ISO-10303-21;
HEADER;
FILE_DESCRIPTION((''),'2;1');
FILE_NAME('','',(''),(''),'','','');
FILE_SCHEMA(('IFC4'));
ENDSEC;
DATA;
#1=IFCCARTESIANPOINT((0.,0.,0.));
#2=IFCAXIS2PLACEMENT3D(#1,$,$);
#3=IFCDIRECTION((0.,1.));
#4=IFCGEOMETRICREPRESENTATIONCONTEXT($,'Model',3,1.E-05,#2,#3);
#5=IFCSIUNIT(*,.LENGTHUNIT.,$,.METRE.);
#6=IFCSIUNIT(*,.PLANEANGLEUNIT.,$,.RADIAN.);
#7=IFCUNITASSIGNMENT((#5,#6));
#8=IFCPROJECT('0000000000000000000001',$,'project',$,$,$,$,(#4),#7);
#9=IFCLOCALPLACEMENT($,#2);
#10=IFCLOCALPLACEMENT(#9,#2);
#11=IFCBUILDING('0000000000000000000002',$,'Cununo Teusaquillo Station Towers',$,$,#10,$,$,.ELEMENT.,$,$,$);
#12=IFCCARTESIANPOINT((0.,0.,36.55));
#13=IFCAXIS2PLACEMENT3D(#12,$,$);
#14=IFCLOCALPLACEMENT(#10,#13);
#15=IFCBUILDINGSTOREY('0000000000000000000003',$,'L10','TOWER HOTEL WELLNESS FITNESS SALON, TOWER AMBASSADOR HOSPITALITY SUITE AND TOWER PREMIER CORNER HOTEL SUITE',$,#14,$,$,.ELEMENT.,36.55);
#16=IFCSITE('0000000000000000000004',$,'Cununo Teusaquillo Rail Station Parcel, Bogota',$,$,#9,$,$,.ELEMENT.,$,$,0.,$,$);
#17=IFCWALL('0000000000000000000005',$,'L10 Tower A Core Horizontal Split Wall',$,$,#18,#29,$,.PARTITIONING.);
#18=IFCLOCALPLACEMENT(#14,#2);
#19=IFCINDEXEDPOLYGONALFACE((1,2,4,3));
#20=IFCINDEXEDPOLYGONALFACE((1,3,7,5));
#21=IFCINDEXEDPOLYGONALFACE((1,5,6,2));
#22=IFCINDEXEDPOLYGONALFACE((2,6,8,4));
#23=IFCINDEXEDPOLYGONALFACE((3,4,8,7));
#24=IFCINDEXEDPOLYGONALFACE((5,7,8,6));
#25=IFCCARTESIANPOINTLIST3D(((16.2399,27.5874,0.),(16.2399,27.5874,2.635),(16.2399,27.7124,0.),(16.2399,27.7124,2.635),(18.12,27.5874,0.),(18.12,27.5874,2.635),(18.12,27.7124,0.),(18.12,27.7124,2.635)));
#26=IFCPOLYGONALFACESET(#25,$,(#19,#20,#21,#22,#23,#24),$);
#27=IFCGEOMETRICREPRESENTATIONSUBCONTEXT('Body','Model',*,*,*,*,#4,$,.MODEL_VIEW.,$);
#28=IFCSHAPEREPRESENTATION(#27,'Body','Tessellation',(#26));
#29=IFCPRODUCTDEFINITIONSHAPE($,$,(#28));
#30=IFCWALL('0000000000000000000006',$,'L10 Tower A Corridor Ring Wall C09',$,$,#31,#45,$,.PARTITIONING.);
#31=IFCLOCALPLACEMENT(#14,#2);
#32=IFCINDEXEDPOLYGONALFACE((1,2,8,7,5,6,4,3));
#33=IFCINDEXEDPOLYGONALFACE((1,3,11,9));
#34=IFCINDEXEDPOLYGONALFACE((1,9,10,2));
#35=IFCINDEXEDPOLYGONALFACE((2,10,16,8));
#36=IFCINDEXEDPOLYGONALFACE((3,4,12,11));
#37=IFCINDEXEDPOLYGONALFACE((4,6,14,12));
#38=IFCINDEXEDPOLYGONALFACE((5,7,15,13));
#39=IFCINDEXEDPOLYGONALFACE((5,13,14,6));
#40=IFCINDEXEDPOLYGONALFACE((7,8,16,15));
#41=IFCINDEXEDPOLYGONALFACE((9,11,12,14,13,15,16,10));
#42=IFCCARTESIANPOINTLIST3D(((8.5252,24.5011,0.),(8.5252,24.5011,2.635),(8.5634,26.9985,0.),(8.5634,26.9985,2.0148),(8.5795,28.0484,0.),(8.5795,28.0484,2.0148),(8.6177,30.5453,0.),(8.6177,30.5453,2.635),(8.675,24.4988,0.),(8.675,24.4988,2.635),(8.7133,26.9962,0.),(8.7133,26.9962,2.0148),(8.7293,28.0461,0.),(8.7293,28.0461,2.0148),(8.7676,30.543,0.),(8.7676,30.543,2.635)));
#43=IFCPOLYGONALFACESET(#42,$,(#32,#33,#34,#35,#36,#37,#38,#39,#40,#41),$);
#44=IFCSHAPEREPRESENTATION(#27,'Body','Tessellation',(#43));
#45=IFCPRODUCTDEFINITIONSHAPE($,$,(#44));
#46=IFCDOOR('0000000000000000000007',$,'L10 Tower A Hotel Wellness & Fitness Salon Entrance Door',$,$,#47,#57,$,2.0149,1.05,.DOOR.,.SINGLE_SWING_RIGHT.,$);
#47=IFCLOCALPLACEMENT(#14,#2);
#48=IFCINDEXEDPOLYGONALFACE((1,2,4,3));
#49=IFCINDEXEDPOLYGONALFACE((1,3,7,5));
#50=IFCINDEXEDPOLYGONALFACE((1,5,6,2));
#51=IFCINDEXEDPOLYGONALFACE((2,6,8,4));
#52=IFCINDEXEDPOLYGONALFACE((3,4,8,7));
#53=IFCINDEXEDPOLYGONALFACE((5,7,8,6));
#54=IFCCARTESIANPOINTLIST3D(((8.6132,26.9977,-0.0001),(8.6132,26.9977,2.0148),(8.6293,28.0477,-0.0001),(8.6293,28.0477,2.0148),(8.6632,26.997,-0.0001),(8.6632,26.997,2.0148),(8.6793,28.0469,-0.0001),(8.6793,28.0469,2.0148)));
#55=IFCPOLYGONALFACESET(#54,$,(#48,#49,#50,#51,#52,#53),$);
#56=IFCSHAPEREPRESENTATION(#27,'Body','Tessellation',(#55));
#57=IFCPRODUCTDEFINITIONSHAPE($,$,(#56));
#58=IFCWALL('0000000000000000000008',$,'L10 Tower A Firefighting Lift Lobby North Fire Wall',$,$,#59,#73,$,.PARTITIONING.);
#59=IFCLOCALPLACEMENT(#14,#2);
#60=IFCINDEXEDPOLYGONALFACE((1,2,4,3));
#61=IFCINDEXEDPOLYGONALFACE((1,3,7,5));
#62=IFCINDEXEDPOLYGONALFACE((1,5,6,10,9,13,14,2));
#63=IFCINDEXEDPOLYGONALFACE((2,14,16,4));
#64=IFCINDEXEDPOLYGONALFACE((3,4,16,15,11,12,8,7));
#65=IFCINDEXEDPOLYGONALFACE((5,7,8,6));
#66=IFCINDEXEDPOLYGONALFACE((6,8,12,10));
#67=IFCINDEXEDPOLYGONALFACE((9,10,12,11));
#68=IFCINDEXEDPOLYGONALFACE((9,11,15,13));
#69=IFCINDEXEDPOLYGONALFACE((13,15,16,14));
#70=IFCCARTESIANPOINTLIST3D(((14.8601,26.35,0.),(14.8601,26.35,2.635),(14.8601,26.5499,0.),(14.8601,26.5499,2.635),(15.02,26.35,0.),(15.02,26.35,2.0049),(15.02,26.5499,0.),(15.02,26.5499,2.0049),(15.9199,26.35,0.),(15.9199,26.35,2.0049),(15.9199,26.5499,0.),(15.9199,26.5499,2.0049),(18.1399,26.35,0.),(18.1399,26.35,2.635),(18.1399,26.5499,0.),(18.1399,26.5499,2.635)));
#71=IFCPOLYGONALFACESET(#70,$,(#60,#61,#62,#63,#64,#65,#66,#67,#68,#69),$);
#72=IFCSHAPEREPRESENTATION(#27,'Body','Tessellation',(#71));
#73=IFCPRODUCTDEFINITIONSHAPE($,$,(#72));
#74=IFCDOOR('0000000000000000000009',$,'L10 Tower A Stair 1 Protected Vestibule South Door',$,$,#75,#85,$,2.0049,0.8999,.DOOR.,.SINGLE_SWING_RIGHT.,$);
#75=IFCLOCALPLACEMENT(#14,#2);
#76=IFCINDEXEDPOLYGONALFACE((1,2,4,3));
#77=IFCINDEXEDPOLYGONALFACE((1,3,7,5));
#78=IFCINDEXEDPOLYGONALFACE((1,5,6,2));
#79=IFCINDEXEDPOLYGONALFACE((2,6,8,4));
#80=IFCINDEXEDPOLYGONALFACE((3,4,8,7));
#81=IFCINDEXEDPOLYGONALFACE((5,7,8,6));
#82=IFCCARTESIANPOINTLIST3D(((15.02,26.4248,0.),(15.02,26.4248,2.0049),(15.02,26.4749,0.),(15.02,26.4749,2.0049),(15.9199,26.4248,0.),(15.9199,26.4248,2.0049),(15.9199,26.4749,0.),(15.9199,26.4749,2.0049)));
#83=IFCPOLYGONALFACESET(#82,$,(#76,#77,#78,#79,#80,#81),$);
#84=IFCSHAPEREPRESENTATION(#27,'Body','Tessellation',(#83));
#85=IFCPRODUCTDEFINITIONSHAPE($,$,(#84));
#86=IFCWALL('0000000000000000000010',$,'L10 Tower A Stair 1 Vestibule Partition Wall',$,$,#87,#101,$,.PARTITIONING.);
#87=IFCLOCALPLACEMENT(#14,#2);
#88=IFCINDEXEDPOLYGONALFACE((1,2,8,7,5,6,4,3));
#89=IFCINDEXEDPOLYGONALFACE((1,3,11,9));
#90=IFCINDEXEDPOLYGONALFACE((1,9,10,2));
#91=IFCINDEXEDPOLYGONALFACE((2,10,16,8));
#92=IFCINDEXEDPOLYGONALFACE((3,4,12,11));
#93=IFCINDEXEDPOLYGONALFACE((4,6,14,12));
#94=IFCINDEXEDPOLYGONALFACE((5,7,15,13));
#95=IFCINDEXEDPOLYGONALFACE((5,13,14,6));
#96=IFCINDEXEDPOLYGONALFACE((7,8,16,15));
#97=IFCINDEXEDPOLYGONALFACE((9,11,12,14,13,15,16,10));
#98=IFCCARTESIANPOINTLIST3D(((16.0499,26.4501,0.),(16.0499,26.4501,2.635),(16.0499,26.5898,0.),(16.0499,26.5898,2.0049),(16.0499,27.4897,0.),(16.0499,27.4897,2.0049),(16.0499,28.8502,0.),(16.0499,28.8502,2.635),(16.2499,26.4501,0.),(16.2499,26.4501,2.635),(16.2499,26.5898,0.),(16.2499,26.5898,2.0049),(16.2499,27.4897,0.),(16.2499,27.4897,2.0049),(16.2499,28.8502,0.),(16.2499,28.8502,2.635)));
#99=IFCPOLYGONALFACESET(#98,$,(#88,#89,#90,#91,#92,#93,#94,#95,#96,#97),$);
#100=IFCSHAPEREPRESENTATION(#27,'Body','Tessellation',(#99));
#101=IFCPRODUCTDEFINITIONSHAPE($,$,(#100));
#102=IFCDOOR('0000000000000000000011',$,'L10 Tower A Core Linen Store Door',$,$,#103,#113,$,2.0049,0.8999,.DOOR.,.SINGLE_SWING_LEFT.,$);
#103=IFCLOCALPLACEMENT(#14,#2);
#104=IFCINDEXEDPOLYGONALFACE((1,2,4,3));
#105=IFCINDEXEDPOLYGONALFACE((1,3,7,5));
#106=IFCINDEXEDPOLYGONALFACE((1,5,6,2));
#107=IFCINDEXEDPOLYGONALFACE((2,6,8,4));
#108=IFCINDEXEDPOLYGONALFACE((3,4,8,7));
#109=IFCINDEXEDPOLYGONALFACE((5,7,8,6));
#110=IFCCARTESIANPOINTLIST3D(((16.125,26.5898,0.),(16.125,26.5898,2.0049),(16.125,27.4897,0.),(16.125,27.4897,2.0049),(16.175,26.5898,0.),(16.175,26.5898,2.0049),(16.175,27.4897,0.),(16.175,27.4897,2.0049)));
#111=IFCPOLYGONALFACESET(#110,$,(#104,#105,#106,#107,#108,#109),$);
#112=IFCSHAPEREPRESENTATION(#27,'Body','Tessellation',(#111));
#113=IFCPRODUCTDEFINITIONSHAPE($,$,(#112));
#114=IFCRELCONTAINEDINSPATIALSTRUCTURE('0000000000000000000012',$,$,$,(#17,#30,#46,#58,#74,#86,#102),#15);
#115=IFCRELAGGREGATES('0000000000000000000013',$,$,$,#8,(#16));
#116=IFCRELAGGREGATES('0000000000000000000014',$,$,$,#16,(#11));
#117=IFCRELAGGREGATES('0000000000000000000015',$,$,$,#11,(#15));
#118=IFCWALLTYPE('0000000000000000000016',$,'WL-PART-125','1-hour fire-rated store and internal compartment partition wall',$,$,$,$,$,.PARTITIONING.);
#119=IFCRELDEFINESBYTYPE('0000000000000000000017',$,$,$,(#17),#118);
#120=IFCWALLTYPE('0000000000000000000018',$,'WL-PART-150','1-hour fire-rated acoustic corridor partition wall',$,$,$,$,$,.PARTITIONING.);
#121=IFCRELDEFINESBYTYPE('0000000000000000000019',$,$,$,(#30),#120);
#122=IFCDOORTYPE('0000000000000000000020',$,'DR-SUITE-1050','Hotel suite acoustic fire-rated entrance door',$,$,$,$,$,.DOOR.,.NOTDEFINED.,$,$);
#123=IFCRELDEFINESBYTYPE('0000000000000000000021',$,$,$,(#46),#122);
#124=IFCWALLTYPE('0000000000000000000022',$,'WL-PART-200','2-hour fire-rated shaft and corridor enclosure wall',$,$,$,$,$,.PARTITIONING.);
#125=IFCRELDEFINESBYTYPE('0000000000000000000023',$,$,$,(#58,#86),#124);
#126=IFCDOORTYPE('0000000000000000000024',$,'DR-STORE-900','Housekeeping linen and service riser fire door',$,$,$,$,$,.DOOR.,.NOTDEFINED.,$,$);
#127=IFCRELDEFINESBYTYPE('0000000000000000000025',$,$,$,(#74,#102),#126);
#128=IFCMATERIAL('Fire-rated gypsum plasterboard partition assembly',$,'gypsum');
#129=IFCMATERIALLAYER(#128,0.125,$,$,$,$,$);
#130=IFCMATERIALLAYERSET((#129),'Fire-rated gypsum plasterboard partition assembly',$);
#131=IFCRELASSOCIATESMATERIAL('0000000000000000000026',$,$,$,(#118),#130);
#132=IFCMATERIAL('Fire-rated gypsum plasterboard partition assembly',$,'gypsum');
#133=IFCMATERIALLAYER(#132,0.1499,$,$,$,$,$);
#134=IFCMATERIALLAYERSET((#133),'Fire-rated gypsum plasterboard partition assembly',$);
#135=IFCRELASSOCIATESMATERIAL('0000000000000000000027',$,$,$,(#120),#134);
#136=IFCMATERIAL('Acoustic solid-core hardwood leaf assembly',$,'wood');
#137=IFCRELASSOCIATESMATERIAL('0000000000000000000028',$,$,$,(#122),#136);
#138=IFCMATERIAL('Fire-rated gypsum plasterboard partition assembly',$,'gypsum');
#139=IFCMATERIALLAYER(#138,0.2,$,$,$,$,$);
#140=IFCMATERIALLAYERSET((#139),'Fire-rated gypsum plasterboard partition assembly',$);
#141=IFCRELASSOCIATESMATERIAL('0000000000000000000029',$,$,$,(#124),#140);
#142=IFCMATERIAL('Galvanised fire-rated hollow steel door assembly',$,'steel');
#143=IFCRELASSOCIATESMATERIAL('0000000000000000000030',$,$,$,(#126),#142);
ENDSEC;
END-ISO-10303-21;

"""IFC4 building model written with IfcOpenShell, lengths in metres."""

from ifc_helpers import new_model, si_unit, direction, frame, frame_2d, origin, place, context, subcontext, project, spatial, rectangle, extrude, source, transform, mapped, material, layer, layer_set, type_object, element, fill, save


model = new_model("IFC4")

# Units and contexts
model_context = context("Model", 3, precision=1e-05, world=origin(), true_north=direction((0.0, 1.0)))
body_context = subcontext(model_context, "Body", "Model", "MODEL_VIEW")
ifc_project = project(units=[si_unit("LENGTHUNIT", "METRE"), si_unit("PLANEANGLEUNIT", "RADIAN")], contexts=[model_context])

# Site, building, storey
site_placement = place(None, origin())
site = spatial("IfcSite", under=ifc_project, at=site_placement, Name="Cununo Teusaquillo Rail Station Parcel, Bogota", CompositionType="ELEMENT", RefElevation=0.0)
building_placement = place(site_placement, origin())
building = spatial("IfcBuilding", under=site, at=building_placement, Name="Cununo Teusaquillo Station Towers", CompositionType="ELEMENT")
storey_placement = place(building_placement, frame((0.0, 0.0, 36.55)))
storey = spatial("IfcBuildingStorey", under=building, at=storey_placement, Name="L10", Description="TOWER HOTEL WELLNESS FITNESS SALON, TOWER AMBASSADOR HOSPITALITY SUITE AND TOWER PREMIER CORNER HOTEL SUITE", CompositionType="ELEMENT", Elevation=36.55)

# Wall
ifc_material_1 = material(Name="Fire-rated gypsum plasterboard partition assembly", Category="gypsum")
ifc_layer_1 = layer(ifc_material_1, 0.125)
ifc_layer_set_1 = layer_set([ifc_layer_1], Name="Fire-rated gypsum plasterboard partition assembly")
wall_type_1 = type_object("IfcWallType", Name="WL-PART-125", Description="1-hour fire-rated store and internal compartment partition wall", PredefinedType="PARTITIONING", material=ifc_layer_set_1)
wall_1_placement = place(storey_placement, frame((16.24, 27.6499, 0.0), z_axis=(0.0, 0.0, 1.0), x_axis=(1.0, 0.0, 0.0)))
element("IfcWall", 1, at=wall_1_placement, inside=storey, type_object=wall_type_1, Name="L10 Tower A Core Horizontal Split Wall", PredefinedType="PARTITIONING", context=body_context, shape_type="SweptSolid", body=[
    extrude(rectangle(XDim=1.8801, YDim=0.125, at=frame_2d((0.9399, 0.0))), origin(), (0.0, 0.0, 1.0), 2.635),
])

# Walls, openings, doors
ifc_material_2 = material(Name="Fire-rated gypsum plasterboard partition assembly", Category="gypsum")
ifc_layer_2 = layer(ifc_material_2, 0.1499)
ifc_layer_set_2 = layer_set([ifc_layer_2], Name="Fire-rated gypsum plasterboard partition assembly")
wall_type_2 = type_object("IfcWallType", Name="WL-PART-150", Description="1-hour fire-rated acoustic corridor partition wall", PredefinedType="PARTITIONING", material=ifc_layer_set_2)
wall_2_placement = place(storey_placement, frame((8.6926, 30.5442, 0.0), z_axis=(0.0, 0.0, 1.0), x_axis=(-0.015307, -0.999883, 0.0)))
wall_2 = element("IfcWall", 2, at=wall_2_placement, inside=storey, type_object=wall_type_2, Name="L10 Tower A Corridor Ring Wall C09", PredefinedType="PARTITIONING", context=body_context, shape_type="SweptSolid", body=[
    extrude(rectangle(XDim=6.0449, YDim=0.1499, at=frame_2d((3.0225, 0.0))), origin(), (0.0, 0.0, 1.0), 2.635),
])
shared_shape_1 = source(origin(), body_context, "Body", "SweptSolid", [
    extrude(rectangle(XDim=1.05, YDim=2.0149, at=frame_2d((0.5249, 1.0073))), frame((0.0, 0.085, 0.0), z_axis=(0.0, -1.0, 0.0), x_axis=(1.0, 0.0, 0.0)), (0.0, 0.0, 1.0), 0.1699),
])
opening_1_placement = place(wall_2_placement, frame((2.4973, 0.0, 0.0)))
opening_1 = element("IfcOpeningElement", 3, at=opening_1_placement, cuts=wall_2, PredefinedType="OPENING", context=body_context, shape_type="MappedRepresentation", body=[
    mapped(shared_shape_1, transform((0.0, 0.0, 0.0), x_axis=(1.0, 0.0, 0.0), y_axis=(0.0, 1.0, 0.0), z_axis=(0.0, 0.0, 1.0), scale=1.0)),
])
ifc_material_3 = material(Name="Acoustic solid-core hardwood leaf assembly", Category="wood")
door_type_1 = type_object("IfcDoorType", Name="DR-SUITE-1050", Description="Hotel suite acoustic fire-rated entrance door", OperationType="NOTDEFINED", PredefinedType="DOOR", material=ifc_material_3)
shared_shape_2 = source(origin(), body_context, "Body", "SweptSolid", [
    extrude(rectangle(XDim=1.05, YDim=2.0149, at=frame_2d((0.5249, 1.0073))), frame((0.0, 0.0249, 0.0), z_axis=(0.0, -1.0, 0.0), x_axis=(1.0, 0.0, 0.0)), (0.0, 0.0, 1.0), 0.05),
])
door_1_placement = place(opening_1_placement, origin())
door_1 = element("IfcDoor", 4, at=door_1_placement, inside=storey, type_object=door_type_1, Name="L10 Tower A Hotel Wellness & Fitness Salon Entrance Door", OperationType="SINGLE_SWING_RIGHT", OverallHeight=2.0149, OverallWidth=1.05, PredefinedType="DOOR", context=body_context, shape_type="MappedRepresentation", body=[
    mapped(shared_shape_2, transform((0.0, 0.0, 0.0), x_axis=(1.0, 0.0, 0.0), y_axis=(0.0, 1.0, 0.0), z_axis=(0.0, 0.0, 1.0), scale=1.0)),
])
fill(opening_1, door_1)
ifc_material_4 = material(Name="Fire-rated gypsum plasterboard partition assembly", Category="gypsum")
ifc_layer_3 = layer(ifc_material_4, 0.2)
ifc_layer_set_3 = layer_set([ifc_layer_3], Name="Fire-rated gypsum plasterboard partition assembly")
wall_type_3 = type_object("IfcWallType", Name="WL-PART-200", Description="2-hour fire-rated shaft and corridor enclosure wall", PredefinedType="PARTITIONING", material=ifc_layer_set_3)
wall_3_placement = place(storey_placement, frame((14.8601, 26.45, 0.0), z_axis=(0.0, 0.0, 1.0), x_axis=(1.0, 0.0, 0.0)))
wall_3 = element("IfcWall", 5, at=wall_3_placement, inside=storey, type_object=wall_type_3, Name="L10 Tower A Firefighting Lift Lobby North Fire Wall", PredefinedType="PARTITIONING", context=body_context, shape_type="SweptSolid", body=[
    extrude(rectangle(XDim=3.2798, YDim=0.2, at=frame_2d((1.6399, 0.0))), origin(), (0.0, 0.0, 1.0), 2.635),
])
shared_shape_3 = source(origin(), body_context, "Body", "SweptSolid", [
    extrude(rectangle(XDim=0.8999, YDim=2.0049, at=frame_2d((0.45, 1.0024))), frame((0.0, 0.1099, 0.0), z_axis=(0.0, -1.0, 0.0), x_axis=(1.0, 0.0, 0.0)), (0.0, 0.0, 1.0), 0.22),
])
opening_2_placement = place(wall_3_placement, frame((0.1599, 0.0, 0.0)))
opening_2 = element("IfcOpeningElement", 6, at=opening_2_placement, cuts=wall_3, PredefinedType="OPENING", context=body_context, shape_type="MappedRepresentation", body=[
    mapped(shared_shape_3, transform((0.0, 0.0, 0.0), x_axis=(1.0, 0.0, 0.0), y_axis=(0.0, 1.0, 0.0), z_axis=(0.0, 0.0, 1.0), scale=1.0)),
])
ifc_material_5 = material(Name="Galvanised fire-rated hollow steel door assembly", Category="steel")
door_type_2 = type_object("IfcDoorType", Name="DR-STORE-900", Description="Housekeeping linen and service riser fire door", OperationType="NOTDEFINED", PredefinedType="DOOR", material=ifc_material_5)
shared_shape_4 = source(origin(), body_context, "Body", "SweptSolid", [
    extrude(rectangle(XDim=0.8999, YDim=2.0049, at=frame_2d((0.45, 1.0024))), frame((0.0, 0.0249, 0.0), z_axis=(0.0, -1.0, 0.0), x_axis=(1.0, 0.0, 0.0)), (0.0, 0.0, 1.0), 0.05),
])
door_2_placement = place(opening_2_placement, origin())
door_2 = element("IfcDoor", 7, at=door_2_placement, inside=storey, type_object=door_type_2, Name="L10 Tower A Stair 1 Protected Vestibule South Door", OperationType="SINGLE_SWING_RIGHT", OverallHeight=2.0049, OverallWidth=0.8999, PredefinedType="DOOR", context=body_context, shape_type="MappedRepresentation", body=[
    mapped(shared_shape_4, transform((0.0, 0.0, 0.0), x_axis=(1.0, 0.0, 0.0), y_axis=(0.0, 1.0, 0.0), z_axis=(0.0, 0.0, 1.0), scale=1.0)),
])
fill(opening_2, door_2)
wall_4_placement = place(storey_placement, frame((16.1499, 26.45, 0.0), z_axis=(0.0, 0.0, 1.0), x_axis=(0.0, 1.0, 0.0)))
wall_4 = element("IfcWall", 8, at=wall_4_placement, inside=storey, type_object=wall_type_3, Name="L10 Tower A Stair 1 Vestibule Partition Wall", PredefinedType="PARTITIONING", context=body_context, shape_type="SweptSolid", body=[
    extrude(rectangle(XDim=2.4001, YDim=0.2, at=frame_2d((1.2002, 0.0))), origin(), (0.0, 0.0, 1.0), 2.635),
])
opening_3_placement = place(wall_4_placement, frame((0.1399, 0.0, 0.0)))
opening_3 = element("IfcOpeningElement", 9, at=opening_3_placement, cuts=wall_4, PredefinedType="OPENING", context=body_context, shape_type="MappedRepresentation", body=[
    mapped(shared_shape_3, transform((0.0, 0.0, 0.0), x_axis=(1.0, 0.0, 0.0), y_axis=(0.0, 1.0, 0.0), z_axis=(0.0, 0.0, 1.0), scale=1.0)),
])
door_3_placement = place(opening_3_placement, origin())
door_3 = element("IfcDoor", 10, at=door_3_placement, inside=storey, type_object=door_type_2, Name="L10 Tower A Core Linen Store Door", OperationType="SINGLE_SWING_LEFT", OverallHeight=2.0049, OverallWidth=0.8999, PredefinedType="DOOR", context=body_context, shape_type="MappedRepresentation", body=[
    mapped(shared_shape_4, transform((0.0, 0.0, 0.0), x_axis=(1.0, 0.0, 0.0), y_axis=(0.0, 1.0, 0.0), z_axis=(0.0, 0.0, 1.0), scale=1.0)),
])
fill(opening_3, door_3)

save(model, "model.ifc")
